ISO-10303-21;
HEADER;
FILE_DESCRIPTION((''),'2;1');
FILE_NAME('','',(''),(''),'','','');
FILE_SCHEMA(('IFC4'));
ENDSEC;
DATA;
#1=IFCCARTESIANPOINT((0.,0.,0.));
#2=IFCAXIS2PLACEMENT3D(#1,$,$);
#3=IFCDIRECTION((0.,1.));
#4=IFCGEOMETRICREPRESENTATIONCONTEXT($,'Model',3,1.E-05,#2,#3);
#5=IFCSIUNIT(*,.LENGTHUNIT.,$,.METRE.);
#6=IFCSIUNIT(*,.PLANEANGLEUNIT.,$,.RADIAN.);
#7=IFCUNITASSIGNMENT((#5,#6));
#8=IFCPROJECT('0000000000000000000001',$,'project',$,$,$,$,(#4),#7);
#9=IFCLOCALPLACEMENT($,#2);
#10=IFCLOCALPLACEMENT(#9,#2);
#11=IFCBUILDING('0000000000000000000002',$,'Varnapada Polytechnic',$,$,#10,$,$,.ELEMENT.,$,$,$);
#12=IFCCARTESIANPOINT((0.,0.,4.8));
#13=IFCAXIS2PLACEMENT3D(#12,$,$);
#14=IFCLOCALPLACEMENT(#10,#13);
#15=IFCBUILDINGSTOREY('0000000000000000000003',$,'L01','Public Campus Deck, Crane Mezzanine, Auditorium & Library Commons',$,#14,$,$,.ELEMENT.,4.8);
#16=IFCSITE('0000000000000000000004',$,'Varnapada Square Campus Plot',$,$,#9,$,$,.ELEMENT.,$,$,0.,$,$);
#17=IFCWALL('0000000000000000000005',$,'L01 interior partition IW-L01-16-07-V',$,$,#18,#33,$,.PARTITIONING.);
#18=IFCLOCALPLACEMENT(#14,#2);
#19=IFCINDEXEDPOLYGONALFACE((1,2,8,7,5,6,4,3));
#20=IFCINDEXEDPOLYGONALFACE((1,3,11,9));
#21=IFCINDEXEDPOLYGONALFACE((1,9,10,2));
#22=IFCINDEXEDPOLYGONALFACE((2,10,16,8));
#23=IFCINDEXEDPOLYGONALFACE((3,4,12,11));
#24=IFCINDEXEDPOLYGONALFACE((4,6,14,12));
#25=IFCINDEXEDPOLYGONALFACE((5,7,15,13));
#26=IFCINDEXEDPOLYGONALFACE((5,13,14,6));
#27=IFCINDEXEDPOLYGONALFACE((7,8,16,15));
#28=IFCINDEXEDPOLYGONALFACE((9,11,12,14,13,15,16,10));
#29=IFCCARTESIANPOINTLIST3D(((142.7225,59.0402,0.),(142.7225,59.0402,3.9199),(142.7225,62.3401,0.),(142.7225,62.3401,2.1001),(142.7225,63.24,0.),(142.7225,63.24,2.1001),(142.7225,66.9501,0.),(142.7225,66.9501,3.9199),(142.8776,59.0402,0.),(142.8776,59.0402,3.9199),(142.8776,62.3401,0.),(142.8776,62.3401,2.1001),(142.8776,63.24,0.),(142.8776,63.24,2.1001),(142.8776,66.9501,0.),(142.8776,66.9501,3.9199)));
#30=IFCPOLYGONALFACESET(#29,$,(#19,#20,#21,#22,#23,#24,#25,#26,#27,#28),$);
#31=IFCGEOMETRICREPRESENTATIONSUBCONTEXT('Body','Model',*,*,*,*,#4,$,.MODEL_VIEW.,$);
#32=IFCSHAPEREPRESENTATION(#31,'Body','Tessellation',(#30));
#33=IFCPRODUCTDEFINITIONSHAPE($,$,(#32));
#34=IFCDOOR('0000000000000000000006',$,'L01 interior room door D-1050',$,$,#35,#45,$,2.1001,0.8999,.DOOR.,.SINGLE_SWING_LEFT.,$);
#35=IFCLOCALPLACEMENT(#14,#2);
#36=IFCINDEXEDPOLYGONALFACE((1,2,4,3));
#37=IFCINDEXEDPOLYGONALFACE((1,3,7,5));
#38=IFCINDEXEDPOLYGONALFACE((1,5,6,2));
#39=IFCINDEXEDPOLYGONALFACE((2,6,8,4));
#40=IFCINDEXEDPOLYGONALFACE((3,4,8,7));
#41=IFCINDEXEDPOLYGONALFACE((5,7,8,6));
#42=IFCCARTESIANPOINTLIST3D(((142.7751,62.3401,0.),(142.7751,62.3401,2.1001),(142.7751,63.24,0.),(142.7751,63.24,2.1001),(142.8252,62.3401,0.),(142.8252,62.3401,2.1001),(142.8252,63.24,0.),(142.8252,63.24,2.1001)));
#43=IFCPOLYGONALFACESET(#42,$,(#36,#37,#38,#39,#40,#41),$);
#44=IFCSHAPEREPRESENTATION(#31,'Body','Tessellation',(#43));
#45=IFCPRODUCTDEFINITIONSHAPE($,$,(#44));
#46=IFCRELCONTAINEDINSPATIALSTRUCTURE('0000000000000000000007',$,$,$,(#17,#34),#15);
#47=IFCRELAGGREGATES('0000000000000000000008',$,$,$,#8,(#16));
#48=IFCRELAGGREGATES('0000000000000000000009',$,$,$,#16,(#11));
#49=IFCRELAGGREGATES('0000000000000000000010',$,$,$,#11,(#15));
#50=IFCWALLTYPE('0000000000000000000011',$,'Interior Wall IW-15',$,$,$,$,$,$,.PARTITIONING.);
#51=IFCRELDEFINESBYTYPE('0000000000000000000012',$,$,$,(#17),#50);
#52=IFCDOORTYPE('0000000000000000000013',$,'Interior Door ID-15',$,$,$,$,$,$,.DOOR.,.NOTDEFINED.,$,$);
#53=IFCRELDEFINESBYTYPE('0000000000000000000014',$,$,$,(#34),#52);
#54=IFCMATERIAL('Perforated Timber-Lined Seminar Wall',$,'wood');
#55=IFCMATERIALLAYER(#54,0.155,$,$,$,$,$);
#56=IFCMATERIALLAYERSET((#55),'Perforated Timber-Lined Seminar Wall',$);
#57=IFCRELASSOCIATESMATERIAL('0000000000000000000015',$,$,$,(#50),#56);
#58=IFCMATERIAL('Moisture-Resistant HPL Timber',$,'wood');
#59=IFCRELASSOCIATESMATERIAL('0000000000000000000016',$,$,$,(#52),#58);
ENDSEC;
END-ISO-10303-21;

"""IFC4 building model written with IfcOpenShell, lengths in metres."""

from ifc_helpers import new_model, si_unit, direction, frame, frame_2d, origin, place, context, subcontext, project, spatial, rectangle, extrude, material, layer, layer_set, type_object, element, fill, save


model = new_model("IFC4")

# Units and contexts
model_context = context("Model", 3, precision=1e-05, world=origin(), true_north=direction((0.0, 1.0)))
body_context = subcontext(model_context, "Body", "Model", "MODEL_VIEW")
ifc_project = project(units=[si_unit("LENGTHUNIT", "METRE"), si_unit("PLANEANGLEUNIT", "RADIAN")], contexts=[model_context])

# Site, building, storey
site_placement = place(None, origin())
site = spatial("IfcSite", under=ifc_project, at=site_placement, Name="Varnapada Square Campus Plot", CompositionType="ELEMENT", RefElevation=0.0)
building_placement = place(site_placement, origin())
building = spatial("IfcBuilding", under=site, at=building_placement, Name="Varnapada Polytechnic", CompositionType="ELEMENT")
storey_placement = place(building_placement, frame((0.0, 0.0, 4.8)))
storey = spatial("IfcBuildingStorey", under=building, at=storey_placement, Name="L01", Description="Public Campus Deck, Crane Mezzanine, Auditorium & Library Commons", CompositionType="ELEMENT", Elevation=4.8)

# Wall, opening, door
ifc_material_1 = material(Name="Perforated Timber-Lined Seminar Wall", Category="wood")
ifc_layer_1 = layer(ifc_material_1, 0.155)
ifc_layer_set_1 = layer_set([ifc_layer_1], Name="Perforated Timber-Lined Seminar Wall")
wall_type = type_object("IfcWallType", Name="Interior Wall IW-15", PredefinedType="PARTITIONING", material=ifc_layer_set_1)
wall_placement = place(storey_placement, frame((142.8, 59.04, 0.0), z_axis=(0.0, 0.0, 1.0), x_axis=(0.0, 1.0, 0.0)))
wall = element("IfcWall", 1, at=wall_placement, inside=storey, type_object=wall_type, Name="L01 interior partition IW-L01-16-07-V", PredefinedType="PARTITIONING", context=body_context, shape_type="SweptSolid", body=[
    extrude(rectangle(XDim=7.9099, YDim=0.155, at=frame_2d((3.9551, 0.0))), origin(), (0.0, 0.0, 1.0), 3.9199),
])
opening_1_placement = place(wall_placement, frame((3.3, 0.0, 0.0)))
opening_1 = element("IfcOpeningElement", 2, at=opening_1_placement, cuts=wall, PredefinedType="OPENING", context=body_context, shape_type="SweptSolid", body=[
    extrude(rectangle(XDim=0.8999, YDim=2.1001, at=frame_2d((0.45, 1.05))), frame((0.0, 0.0874, 0.0), z_axis=(0.0, -1.0, 0.0), x_axis=(1.0, 0.0, 0.0)), (0.0, 0.0, 1.0), 0.175),
])
ifc_material_2 = material(Name="Moisture-Resistant HPL Timber", Category="wood")
door_type = type_object("IfcDoorType", Name="Interior Door ID-15", OperationType="NOTDEFINED", PredefinedType="DOOR", material=ifc_material_2)
door_placement = place(opening_1_placement, origin())
door = element("IfcDoor", 3, at=door_placement, inside=storey, type_object=door_type, Name="L01 interior room door D-1050", OperationType="SINGLE_SWING_LEFT", OverallHeight=2.1001, OverallWidth=0.8999, PredefinedType="DOOR", context=body_context, shape_type="SweptSolid", body=[
    extrude(rectangle(XDim=0.8999, YDim=2.1001, at=frame_2d((0.45, 1.05))), frame((0.0, 0.0249, 0.0), z_axis=(0.0, -1.0, 0.0), x_axis=(1.0, 0.0, 0.0)), (0.0, 0.0, 1.0), 0.05),
])
fill(opening_1, door)

save(model, "model.ifc")
